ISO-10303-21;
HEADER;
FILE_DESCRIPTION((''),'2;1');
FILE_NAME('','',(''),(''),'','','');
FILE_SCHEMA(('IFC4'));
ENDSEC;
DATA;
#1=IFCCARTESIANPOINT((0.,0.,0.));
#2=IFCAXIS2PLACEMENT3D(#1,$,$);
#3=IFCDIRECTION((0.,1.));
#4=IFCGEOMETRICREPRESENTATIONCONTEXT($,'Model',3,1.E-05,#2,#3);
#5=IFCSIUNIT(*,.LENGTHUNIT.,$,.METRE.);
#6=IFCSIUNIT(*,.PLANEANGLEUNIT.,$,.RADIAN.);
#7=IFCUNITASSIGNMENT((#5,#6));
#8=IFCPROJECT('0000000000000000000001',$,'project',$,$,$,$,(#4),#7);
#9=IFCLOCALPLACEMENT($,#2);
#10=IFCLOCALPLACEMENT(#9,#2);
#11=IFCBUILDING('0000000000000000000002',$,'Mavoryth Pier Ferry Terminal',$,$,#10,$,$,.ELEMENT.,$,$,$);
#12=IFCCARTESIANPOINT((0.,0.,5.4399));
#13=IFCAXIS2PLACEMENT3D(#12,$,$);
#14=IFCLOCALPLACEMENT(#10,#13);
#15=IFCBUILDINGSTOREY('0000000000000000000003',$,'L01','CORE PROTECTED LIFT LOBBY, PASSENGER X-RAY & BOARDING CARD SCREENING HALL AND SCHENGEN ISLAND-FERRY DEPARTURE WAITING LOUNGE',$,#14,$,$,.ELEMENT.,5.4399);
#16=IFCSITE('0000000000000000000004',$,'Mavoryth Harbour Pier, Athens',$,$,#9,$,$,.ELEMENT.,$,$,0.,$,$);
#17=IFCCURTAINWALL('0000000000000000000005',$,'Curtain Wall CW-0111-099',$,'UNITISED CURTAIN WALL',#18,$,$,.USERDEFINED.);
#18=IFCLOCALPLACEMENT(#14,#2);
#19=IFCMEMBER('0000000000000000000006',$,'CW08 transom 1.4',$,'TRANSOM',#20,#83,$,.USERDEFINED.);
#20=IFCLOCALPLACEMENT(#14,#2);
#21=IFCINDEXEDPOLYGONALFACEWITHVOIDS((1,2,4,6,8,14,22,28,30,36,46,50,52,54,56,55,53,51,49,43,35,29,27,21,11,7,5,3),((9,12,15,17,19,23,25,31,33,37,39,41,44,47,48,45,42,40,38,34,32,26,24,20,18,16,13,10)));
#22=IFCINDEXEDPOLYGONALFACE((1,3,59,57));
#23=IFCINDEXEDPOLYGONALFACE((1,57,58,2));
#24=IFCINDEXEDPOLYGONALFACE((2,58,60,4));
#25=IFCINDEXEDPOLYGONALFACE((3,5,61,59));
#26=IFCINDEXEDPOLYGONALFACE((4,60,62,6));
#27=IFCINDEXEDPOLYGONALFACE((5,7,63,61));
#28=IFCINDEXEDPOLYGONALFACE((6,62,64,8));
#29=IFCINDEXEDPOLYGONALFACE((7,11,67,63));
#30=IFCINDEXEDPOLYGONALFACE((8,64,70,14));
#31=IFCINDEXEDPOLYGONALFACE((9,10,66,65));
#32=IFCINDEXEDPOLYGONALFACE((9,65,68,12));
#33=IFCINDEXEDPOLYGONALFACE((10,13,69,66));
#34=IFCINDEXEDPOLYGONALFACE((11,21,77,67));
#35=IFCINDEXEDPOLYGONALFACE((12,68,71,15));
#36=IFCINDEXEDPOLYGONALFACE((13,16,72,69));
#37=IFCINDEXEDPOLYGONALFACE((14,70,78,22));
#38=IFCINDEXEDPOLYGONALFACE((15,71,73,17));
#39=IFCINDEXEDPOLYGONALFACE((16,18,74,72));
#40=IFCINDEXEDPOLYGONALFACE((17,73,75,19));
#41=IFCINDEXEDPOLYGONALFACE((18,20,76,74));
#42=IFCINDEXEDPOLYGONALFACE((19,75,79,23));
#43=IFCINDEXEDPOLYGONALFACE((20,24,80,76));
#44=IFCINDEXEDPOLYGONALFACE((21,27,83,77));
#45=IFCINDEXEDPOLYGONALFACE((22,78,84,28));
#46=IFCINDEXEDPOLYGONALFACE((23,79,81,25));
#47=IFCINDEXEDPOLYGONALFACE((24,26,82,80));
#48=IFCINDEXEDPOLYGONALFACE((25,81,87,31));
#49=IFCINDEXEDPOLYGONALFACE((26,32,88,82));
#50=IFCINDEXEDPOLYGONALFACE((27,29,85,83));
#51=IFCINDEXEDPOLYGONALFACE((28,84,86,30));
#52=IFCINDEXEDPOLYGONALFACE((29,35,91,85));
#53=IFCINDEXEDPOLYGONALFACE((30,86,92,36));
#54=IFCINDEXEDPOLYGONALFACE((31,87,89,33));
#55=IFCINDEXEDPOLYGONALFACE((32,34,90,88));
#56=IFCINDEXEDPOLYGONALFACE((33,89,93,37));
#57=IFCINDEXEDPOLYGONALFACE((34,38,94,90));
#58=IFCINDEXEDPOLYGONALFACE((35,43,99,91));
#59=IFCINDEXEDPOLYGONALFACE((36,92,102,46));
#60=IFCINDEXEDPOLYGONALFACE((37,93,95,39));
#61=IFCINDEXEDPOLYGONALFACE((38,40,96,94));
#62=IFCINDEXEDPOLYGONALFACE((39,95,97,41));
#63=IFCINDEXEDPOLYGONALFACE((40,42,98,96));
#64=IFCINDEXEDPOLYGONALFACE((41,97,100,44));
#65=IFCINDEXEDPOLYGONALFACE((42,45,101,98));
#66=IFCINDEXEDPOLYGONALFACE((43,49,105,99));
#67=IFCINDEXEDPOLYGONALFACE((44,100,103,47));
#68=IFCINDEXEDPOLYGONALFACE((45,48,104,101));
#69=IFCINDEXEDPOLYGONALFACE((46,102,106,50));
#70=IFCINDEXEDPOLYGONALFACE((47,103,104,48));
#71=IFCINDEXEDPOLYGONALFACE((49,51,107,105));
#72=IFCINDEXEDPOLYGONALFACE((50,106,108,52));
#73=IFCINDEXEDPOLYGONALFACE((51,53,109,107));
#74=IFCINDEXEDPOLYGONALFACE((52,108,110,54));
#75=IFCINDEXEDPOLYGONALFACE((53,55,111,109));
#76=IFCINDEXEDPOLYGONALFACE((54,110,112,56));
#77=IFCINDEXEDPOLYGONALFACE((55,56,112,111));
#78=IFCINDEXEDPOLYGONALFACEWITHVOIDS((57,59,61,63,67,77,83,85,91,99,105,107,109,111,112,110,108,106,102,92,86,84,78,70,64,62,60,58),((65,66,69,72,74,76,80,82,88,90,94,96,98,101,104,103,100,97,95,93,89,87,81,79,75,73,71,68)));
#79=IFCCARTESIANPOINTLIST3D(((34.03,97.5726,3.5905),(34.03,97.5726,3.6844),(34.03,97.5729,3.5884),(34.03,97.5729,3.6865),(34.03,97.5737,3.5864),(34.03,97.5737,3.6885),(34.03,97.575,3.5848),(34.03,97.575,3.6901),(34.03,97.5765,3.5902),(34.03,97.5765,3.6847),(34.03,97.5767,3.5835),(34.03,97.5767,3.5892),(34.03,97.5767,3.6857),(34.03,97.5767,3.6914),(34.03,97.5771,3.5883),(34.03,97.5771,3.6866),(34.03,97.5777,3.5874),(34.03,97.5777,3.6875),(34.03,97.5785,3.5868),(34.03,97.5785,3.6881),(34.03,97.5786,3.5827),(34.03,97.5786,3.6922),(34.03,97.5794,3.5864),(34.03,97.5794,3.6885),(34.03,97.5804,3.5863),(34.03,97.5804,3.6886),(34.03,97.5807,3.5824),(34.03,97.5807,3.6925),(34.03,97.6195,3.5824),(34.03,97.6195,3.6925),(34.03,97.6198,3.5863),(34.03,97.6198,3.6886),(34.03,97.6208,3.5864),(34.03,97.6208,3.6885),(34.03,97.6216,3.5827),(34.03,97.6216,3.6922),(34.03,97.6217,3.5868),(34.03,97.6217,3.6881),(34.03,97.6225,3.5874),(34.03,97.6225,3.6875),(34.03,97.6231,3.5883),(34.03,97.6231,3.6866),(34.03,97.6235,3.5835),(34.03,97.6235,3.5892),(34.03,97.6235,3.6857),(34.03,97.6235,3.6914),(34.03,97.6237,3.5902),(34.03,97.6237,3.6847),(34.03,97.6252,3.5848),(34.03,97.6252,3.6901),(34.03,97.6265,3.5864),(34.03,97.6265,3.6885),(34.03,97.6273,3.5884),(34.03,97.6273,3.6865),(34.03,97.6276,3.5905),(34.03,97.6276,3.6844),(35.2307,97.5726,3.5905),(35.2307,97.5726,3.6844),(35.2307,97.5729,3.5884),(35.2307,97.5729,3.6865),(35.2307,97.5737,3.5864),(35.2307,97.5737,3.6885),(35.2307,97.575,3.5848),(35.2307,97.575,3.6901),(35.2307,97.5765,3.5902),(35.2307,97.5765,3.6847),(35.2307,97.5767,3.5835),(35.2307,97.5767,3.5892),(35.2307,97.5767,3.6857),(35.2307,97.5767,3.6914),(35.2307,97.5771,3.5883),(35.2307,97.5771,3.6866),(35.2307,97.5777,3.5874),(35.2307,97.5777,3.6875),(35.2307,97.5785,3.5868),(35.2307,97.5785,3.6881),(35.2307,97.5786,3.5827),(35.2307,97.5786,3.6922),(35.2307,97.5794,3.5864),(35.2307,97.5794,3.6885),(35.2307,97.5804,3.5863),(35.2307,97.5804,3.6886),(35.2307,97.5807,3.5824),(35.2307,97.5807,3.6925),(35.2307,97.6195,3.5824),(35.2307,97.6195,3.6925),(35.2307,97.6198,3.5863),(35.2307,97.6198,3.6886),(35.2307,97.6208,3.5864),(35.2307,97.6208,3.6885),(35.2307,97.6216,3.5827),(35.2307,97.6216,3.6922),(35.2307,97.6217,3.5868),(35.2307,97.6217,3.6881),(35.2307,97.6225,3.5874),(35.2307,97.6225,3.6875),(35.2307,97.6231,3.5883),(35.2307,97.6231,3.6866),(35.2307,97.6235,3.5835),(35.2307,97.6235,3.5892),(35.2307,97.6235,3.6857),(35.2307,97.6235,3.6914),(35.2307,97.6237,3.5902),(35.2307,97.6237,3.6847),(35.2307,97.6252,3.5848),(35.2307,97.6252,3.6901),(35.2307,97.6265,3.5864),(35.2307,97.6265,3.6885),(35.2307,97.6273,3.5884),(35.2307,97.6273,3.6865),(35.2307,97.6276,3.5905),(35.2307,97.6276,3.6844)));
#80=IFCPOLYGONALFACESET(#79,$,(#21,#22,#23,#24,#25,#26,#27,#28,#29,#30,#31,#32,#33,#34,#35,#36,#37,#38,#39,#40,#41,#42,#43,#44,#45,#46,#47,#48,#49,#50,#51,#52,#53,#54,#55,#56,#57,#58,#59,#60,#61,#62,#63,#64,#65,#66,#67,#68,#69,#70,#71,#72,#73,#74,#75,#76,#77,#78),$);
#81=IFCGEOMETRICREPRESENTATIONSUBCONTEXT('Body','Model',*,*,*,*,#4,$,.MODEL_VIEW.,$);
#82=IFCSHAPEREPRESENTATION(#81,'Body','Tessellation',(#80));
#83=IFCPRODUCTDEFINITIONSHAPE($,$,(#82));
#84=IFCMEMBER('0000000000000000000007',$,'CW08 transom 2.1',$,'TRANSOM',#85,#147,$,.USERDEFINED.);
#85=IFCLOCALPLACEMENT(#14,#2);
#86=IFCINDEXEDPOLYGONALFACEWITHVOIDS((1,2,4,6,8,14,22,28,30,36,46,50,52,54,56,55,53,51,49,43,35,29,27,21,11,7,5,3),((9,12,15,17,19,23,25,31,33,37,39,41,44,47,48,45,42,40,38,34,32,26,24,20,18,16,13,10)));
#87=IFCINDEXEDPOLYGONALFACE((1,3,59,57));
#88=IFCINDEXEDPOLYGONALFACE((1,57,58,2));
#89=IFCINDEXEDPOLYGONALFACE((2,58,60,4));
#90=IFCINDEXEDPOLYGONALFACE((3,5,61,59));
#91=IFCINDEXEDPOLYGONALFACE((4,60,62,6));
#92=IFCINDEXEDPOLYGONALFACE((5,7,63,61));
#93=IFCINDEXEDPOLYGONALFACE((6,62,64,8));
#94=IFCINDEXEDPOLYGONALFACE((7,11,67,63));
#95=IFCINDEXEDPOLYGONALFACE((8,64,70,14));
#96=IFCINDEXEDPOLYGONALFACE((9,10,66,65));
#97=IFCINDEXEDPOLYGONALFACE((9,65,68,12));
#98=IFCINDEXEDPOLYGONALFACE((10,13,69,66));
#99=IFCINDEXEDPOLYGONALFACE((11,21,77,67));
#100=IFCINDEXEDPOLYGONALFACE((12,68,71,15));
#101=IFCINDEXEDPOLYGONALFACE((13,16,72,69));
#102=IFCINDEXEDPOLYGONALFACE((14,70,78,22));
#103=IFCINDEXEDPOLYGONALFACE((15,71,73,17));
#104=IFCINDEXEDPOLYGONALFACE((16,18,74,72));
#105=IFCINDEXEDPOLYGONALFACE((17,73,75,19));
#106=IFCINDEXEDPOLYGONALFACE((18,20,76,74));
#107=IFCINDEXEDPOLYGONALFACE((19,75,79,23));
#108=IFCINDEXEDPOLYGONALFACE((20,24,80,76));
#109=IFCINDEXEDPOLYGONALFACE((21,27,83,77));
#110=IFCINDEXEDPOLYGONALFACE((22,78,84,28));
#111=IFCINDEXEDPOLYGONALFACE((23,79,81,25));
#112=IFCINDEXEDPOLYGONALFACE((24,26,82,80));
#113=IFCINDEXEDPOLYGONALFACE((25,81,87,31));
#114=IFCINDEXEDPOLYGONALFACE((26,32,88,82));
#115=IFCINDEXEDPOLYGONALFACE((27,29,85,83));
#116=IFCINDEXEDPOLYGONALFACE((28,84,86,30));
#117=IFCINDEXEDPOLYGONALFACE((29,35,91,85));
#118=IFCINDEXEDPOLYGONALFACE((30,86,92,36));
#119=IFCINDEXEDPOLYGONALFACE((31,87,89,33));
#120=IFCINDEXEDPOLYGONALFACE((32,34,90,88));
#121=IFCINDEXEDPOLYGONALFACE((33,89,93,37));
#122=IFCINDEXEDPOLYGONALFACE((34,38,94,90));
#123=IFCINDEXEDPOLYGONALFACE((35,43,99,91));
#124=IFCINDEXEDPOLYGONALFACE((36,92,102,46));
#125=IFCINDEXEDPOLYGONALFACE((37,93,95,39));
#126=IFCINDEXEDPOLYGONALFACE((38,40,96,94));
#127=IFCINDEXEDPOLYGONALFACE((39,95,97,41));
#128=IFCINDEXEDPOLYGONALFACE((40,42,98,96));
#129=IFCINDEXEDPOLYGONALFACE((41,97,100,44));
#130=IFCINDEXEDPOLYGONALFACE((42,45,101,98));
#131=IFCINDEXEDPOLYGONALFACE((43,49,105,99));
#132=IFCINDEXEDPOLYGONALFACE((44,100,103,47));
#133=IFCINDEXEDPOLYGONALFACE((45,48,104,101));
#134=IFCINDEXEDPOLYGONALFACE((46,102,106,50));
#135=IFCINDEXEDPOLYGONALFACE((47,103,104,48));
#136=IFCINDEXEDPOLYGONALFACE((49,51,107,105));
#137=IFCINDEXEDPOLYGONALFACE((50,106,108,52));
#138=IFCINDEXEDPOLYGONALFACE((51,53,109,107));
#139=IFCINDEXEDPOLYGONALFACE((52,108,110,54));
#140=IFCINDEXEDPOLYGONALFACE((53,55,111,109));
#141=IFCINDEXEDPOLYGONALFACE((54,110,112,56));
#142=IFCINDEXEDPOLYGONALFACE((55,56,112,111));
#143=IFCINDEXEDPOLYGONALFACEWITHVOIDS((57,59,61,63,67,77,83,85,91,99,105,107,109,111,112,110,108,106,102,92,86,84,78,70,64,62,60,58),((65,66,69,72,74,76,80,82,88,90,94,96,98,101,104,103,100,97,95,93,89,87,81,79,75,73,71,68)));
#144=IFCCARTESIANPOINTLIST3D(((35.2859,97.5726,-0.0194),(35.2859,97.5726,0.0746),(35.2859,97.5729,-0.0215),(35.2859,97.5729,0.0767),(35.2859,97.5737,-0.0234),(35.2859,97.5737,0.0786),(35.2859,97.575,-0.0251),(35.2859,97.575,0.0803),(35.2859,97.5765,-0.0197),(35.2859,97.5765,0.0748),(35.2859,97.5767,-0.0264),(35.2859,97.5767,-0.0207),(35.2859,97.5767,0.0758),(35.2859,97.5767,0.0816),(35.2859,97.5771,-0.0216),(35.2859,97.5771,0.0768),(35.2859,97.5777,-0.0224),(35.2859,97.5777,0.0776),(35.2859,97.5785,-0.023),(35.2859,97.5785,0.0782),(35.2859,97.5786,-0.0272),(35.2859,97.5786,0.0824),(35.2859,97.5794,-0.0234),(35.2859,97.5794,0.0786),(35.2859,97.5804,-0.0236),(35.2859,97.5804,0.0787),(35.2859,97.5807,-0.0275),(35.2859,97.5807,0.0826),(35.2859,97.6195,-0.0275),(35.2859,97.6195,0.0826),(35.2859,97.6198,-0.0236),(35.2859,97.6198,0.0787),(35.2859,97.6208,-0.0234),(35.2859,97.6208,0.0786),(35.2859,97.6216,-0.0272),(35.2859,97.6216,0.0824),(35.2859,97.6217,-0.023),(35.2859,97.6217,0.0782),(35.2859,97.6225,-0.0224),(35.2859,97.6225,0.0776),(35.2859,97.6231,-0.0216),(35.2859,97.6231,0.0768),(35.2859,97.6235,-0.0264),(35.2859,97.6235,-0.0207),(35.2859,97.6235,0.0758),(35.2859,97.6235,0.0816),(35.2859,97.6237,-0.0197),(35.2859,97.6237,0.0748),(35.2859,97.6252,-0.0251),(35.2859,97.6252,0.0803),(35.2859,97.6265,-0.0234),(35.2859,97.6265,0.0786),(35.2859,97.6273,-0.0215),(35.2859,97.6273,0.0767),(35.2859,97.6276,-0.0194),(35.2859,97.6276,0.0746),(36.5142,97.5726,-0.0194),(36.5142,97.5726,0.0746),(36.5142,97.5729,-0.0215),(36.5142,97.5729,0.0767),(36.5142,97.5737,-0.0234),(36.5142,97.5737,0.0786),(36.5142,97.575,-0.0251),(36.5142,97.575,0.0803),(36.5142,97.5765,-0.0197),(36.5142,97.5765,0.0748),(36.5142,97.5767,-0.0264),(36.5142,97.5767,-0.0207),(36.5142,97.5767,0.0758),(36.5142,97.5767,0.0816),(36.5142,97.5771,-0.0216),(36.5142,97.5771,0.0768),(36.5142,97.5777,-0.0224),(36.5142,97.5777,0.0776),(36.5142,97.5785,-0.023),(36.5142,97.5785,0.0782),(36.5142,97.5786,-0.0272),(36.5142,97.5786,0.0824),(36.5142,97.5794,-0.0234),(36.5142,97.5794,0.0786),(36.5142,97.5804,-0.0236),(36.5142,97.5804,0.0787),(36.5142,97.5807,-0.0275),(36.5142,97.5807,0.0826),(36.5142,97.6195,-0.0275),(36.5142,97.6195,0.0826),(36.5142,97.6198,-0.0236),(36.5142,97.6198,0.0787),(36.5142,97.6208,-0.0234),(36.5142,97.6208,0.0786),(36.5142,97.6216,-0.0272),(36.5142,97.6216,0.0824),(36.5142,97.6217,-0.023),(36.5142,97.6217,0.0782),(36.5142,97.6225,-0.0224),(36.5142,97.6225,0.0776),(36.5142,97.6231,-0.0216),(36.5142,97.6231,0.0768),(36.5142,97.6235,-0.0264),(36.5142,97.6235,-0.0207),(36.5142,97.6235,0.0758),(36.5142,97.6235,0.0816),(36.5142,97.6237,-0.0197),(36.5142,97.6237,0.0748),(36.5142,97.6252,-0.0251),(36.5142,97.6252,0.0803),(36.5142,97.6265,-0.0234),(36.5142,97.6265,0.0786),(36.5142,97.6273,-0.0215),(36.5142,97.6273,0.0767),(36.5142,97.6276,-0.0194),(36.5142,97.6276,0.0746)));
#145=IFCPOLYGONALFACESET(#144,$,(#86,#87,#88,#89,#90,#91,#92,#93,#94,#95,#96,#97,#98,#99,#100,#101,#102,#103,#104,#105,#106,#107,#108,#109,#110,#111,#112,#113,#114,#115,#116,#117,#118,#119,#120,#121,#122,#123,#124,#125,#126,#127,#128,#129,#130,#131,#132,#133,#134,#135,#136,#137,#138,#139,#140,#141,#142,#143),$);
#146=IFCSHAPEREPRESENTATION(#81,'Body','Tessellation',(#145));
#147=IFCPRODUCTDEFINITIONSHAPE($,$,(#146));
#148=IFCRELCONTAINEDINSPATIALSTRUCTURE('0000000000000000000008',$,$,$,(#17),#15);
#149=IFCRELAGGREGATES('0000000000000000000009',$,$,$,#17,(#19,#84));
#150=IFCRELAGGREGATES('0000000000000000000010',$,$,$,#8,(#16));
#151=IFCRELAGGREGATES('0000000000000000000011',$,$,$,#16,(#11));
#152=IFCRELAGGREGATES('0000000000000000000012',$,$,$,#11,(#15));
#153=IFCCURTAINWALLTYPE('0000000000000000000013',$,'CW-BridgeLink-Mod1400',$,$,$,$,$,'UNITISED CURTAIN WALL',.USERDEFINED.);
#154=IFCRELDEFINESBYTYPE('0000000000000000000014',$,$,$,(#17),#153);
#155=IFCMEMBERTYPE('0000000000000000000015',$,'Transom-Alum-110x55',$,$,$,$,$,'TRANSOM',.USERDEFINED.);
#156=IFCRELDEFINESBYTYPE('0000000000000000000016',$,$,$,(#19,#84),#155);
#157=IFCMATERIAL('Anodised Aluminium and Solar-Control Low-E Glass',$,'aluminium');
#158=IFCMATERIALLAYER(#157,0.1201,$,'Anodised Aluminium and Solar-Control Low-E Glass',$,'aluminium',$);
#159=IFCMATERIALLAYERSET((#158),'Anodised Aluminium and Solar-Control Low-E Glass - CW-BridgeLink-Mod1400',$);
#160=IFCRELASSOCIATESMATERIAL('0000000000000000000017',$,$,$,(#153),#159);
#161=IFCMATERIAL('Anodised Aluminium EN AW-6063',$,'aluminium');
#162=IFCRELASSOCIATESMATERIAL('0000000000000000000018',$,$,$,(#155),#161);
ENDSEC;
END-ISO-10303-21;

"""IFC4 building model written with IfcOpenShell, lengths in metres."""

from ifc_helpers import new_model, si_unit, direction, frame, origin, origin_2d, place, context, subcontext, project, spatial, hollow_rectangle, extrude, material, layer, layer_set, material_profile, profile_set, type_object, element, aggregate, save


model = new_model("IFC4")

# Units and contexts
model_context = context("Model", 3, precision=1e-05, world=origin(), true_north=direction((0.0, 1.0)))
body_context = subcontext(model_context, "Body", "Model", "MODEL_VIEW")
ifc_project = project(units=[si_unit("LENGTHUNIT", "METRE"), si_unit("PLANEANGLEUNIT", "RADIAN")], contexts=[model_context])

# Site, building, storey
site_placement = place(None, origin())
site = spatial("IfcSite", under=ifc_project, at=site_placement, Name="Mavoryth Harbour Pier, Athens", CompositionType="ELEMENT", RefElevation=0.0)
building_placement = place(site_placement, origin())
building = spatial("IfcBuilding", under=site, at=building_placement, Name="Mavoryth Pier Ferry Terminal", CompositionType="ELEMENT")
storey_placement = place(building_placement, frame((0.0, 0.0, 5.4399)))
storey = spatial("IfcBuildingStorey", under=building, at=storey_placement, Name="L01", Description="CORE PROTECTED LIFT LOBBY, PASSENGER X-RAY & BOARDING CARD SCREENING HALL AND SCHENGEN ISLAND-FERRY DEPARTURE WAITING LOUNGE", CompositionType="ELEMENT", Elevation=5.4399)

# Shared definitions
ifc_material_1 = material(Name="Anodised Aluminium and Solar-Control Low-E Glass", Category="aluminium")
ifc_layer_1 = layer(ifc_material_1, 0.1201, Name="Anodised Aluminium and Solar-Control Low-E Glass", Category="aluminium")
ifc_layer_set_1 = layer_set([ifc_layer_1], Name="Anodised Aluminium and Solar-Control Low-E Glass - CW-BridgeLink-Mod1400")
curtain_wall_type = type_object("IfcCurtainWallType", Name="CW-BridgeLink-Mod1400", ElementType="UNITISED CURTAIN WALL", PredefinedType="USERDEFINED", material=ifc_layer_set_1)
ifc_material_2 = material(Name="Anodised Aluminium EN AW-6063", Category="aluminium")

# Curtain wall
curtain_wall_1_placement = place(storey_placement, origin())
curtain_wall_1 = element("IfcCurtainWall", 1, at=curtain_wall_1_placement, inside=storey, type_object=curtain_wall_type, Name="Curtain Wall CW-0111-099", ObjectType="UNITISED CURTAIN WALL", PredefinedType="USERDEFINED")

# Members
ifc_material_profile_1 = material_profile(ifc_material_2, hollow_rectangle(XDim=0.0549, YDim=0.1101, WallThickness=0.0039, InnerFilletRadius=0.0039, OuterFilletRadius=0.0081, at=origin_2d()), Name="AL-TRAN 110x55x4", Category="aluminium")
ifc_profile_set_1 = profile_set([ifc_material_profile_1], Name="Anodised Aluminium EN AW-6063 - AL-TRAN 110x55x4")
member_type_1 = type_object("IfcMemberType", Name="Transom-Alum-110x55", ElementType="TRANSOM", PredefinedType="USERDEFINED", material=ifc_profile_set_1)
member_1_placement = place(storey_placement, frame((34.03, 97.6001, 3.6375), z_axis=(1.0, 0.0, 0.0), x_axis=(0.0, 1.0, 0.0)))
member_1 = element("IfcMember", 2, at=member_1_placement, type_object=member_type_1, Name="CW08 transom 1.4", ObjectType="TRANSOM", PredefinedType="USERDEFINED", context=body_context, shape_type="SweptSolid", body=[
    extrude(hollow_rectangle(XDim=0.0549, YDim=0.1101, WallThickness=0.0039, InnerFilletRadius=0.0039, OuterFilletRadius=0.0081, at=origin_2d()), origin(), (0.0, 0.0, 1.0), 1.2007),
])
member_2_placement = place(storey_placement, frame((35.2859, 97.6001, 0.0276), z_axis=(1.0, 0.0, 0.0), x_axis=(0.0, 1.0, 0.0)))
member_2 = element("IfcMember", 3, at=member_2_placement, type_object=member_type_1, Name="CW08 transom 2.1", ObjectType="TRANSOM", PredefinedType="USERDEFINED", context=body_context, shape_type="SweptSolid", body=[
    extrude(hollow_rectangle(XDim=0.0549, YDim=0.1101, WallThickness=0.0039, InnerFilletRadius=0.0039, OuterFilletRadius=0.0081, at=origin_2d()), origin(), (0.0, 0.0, 1.0), 1.2283),
])

aggregate(curtain_wall_1, [member_1, member_2])

save(model, "model.ifc")
